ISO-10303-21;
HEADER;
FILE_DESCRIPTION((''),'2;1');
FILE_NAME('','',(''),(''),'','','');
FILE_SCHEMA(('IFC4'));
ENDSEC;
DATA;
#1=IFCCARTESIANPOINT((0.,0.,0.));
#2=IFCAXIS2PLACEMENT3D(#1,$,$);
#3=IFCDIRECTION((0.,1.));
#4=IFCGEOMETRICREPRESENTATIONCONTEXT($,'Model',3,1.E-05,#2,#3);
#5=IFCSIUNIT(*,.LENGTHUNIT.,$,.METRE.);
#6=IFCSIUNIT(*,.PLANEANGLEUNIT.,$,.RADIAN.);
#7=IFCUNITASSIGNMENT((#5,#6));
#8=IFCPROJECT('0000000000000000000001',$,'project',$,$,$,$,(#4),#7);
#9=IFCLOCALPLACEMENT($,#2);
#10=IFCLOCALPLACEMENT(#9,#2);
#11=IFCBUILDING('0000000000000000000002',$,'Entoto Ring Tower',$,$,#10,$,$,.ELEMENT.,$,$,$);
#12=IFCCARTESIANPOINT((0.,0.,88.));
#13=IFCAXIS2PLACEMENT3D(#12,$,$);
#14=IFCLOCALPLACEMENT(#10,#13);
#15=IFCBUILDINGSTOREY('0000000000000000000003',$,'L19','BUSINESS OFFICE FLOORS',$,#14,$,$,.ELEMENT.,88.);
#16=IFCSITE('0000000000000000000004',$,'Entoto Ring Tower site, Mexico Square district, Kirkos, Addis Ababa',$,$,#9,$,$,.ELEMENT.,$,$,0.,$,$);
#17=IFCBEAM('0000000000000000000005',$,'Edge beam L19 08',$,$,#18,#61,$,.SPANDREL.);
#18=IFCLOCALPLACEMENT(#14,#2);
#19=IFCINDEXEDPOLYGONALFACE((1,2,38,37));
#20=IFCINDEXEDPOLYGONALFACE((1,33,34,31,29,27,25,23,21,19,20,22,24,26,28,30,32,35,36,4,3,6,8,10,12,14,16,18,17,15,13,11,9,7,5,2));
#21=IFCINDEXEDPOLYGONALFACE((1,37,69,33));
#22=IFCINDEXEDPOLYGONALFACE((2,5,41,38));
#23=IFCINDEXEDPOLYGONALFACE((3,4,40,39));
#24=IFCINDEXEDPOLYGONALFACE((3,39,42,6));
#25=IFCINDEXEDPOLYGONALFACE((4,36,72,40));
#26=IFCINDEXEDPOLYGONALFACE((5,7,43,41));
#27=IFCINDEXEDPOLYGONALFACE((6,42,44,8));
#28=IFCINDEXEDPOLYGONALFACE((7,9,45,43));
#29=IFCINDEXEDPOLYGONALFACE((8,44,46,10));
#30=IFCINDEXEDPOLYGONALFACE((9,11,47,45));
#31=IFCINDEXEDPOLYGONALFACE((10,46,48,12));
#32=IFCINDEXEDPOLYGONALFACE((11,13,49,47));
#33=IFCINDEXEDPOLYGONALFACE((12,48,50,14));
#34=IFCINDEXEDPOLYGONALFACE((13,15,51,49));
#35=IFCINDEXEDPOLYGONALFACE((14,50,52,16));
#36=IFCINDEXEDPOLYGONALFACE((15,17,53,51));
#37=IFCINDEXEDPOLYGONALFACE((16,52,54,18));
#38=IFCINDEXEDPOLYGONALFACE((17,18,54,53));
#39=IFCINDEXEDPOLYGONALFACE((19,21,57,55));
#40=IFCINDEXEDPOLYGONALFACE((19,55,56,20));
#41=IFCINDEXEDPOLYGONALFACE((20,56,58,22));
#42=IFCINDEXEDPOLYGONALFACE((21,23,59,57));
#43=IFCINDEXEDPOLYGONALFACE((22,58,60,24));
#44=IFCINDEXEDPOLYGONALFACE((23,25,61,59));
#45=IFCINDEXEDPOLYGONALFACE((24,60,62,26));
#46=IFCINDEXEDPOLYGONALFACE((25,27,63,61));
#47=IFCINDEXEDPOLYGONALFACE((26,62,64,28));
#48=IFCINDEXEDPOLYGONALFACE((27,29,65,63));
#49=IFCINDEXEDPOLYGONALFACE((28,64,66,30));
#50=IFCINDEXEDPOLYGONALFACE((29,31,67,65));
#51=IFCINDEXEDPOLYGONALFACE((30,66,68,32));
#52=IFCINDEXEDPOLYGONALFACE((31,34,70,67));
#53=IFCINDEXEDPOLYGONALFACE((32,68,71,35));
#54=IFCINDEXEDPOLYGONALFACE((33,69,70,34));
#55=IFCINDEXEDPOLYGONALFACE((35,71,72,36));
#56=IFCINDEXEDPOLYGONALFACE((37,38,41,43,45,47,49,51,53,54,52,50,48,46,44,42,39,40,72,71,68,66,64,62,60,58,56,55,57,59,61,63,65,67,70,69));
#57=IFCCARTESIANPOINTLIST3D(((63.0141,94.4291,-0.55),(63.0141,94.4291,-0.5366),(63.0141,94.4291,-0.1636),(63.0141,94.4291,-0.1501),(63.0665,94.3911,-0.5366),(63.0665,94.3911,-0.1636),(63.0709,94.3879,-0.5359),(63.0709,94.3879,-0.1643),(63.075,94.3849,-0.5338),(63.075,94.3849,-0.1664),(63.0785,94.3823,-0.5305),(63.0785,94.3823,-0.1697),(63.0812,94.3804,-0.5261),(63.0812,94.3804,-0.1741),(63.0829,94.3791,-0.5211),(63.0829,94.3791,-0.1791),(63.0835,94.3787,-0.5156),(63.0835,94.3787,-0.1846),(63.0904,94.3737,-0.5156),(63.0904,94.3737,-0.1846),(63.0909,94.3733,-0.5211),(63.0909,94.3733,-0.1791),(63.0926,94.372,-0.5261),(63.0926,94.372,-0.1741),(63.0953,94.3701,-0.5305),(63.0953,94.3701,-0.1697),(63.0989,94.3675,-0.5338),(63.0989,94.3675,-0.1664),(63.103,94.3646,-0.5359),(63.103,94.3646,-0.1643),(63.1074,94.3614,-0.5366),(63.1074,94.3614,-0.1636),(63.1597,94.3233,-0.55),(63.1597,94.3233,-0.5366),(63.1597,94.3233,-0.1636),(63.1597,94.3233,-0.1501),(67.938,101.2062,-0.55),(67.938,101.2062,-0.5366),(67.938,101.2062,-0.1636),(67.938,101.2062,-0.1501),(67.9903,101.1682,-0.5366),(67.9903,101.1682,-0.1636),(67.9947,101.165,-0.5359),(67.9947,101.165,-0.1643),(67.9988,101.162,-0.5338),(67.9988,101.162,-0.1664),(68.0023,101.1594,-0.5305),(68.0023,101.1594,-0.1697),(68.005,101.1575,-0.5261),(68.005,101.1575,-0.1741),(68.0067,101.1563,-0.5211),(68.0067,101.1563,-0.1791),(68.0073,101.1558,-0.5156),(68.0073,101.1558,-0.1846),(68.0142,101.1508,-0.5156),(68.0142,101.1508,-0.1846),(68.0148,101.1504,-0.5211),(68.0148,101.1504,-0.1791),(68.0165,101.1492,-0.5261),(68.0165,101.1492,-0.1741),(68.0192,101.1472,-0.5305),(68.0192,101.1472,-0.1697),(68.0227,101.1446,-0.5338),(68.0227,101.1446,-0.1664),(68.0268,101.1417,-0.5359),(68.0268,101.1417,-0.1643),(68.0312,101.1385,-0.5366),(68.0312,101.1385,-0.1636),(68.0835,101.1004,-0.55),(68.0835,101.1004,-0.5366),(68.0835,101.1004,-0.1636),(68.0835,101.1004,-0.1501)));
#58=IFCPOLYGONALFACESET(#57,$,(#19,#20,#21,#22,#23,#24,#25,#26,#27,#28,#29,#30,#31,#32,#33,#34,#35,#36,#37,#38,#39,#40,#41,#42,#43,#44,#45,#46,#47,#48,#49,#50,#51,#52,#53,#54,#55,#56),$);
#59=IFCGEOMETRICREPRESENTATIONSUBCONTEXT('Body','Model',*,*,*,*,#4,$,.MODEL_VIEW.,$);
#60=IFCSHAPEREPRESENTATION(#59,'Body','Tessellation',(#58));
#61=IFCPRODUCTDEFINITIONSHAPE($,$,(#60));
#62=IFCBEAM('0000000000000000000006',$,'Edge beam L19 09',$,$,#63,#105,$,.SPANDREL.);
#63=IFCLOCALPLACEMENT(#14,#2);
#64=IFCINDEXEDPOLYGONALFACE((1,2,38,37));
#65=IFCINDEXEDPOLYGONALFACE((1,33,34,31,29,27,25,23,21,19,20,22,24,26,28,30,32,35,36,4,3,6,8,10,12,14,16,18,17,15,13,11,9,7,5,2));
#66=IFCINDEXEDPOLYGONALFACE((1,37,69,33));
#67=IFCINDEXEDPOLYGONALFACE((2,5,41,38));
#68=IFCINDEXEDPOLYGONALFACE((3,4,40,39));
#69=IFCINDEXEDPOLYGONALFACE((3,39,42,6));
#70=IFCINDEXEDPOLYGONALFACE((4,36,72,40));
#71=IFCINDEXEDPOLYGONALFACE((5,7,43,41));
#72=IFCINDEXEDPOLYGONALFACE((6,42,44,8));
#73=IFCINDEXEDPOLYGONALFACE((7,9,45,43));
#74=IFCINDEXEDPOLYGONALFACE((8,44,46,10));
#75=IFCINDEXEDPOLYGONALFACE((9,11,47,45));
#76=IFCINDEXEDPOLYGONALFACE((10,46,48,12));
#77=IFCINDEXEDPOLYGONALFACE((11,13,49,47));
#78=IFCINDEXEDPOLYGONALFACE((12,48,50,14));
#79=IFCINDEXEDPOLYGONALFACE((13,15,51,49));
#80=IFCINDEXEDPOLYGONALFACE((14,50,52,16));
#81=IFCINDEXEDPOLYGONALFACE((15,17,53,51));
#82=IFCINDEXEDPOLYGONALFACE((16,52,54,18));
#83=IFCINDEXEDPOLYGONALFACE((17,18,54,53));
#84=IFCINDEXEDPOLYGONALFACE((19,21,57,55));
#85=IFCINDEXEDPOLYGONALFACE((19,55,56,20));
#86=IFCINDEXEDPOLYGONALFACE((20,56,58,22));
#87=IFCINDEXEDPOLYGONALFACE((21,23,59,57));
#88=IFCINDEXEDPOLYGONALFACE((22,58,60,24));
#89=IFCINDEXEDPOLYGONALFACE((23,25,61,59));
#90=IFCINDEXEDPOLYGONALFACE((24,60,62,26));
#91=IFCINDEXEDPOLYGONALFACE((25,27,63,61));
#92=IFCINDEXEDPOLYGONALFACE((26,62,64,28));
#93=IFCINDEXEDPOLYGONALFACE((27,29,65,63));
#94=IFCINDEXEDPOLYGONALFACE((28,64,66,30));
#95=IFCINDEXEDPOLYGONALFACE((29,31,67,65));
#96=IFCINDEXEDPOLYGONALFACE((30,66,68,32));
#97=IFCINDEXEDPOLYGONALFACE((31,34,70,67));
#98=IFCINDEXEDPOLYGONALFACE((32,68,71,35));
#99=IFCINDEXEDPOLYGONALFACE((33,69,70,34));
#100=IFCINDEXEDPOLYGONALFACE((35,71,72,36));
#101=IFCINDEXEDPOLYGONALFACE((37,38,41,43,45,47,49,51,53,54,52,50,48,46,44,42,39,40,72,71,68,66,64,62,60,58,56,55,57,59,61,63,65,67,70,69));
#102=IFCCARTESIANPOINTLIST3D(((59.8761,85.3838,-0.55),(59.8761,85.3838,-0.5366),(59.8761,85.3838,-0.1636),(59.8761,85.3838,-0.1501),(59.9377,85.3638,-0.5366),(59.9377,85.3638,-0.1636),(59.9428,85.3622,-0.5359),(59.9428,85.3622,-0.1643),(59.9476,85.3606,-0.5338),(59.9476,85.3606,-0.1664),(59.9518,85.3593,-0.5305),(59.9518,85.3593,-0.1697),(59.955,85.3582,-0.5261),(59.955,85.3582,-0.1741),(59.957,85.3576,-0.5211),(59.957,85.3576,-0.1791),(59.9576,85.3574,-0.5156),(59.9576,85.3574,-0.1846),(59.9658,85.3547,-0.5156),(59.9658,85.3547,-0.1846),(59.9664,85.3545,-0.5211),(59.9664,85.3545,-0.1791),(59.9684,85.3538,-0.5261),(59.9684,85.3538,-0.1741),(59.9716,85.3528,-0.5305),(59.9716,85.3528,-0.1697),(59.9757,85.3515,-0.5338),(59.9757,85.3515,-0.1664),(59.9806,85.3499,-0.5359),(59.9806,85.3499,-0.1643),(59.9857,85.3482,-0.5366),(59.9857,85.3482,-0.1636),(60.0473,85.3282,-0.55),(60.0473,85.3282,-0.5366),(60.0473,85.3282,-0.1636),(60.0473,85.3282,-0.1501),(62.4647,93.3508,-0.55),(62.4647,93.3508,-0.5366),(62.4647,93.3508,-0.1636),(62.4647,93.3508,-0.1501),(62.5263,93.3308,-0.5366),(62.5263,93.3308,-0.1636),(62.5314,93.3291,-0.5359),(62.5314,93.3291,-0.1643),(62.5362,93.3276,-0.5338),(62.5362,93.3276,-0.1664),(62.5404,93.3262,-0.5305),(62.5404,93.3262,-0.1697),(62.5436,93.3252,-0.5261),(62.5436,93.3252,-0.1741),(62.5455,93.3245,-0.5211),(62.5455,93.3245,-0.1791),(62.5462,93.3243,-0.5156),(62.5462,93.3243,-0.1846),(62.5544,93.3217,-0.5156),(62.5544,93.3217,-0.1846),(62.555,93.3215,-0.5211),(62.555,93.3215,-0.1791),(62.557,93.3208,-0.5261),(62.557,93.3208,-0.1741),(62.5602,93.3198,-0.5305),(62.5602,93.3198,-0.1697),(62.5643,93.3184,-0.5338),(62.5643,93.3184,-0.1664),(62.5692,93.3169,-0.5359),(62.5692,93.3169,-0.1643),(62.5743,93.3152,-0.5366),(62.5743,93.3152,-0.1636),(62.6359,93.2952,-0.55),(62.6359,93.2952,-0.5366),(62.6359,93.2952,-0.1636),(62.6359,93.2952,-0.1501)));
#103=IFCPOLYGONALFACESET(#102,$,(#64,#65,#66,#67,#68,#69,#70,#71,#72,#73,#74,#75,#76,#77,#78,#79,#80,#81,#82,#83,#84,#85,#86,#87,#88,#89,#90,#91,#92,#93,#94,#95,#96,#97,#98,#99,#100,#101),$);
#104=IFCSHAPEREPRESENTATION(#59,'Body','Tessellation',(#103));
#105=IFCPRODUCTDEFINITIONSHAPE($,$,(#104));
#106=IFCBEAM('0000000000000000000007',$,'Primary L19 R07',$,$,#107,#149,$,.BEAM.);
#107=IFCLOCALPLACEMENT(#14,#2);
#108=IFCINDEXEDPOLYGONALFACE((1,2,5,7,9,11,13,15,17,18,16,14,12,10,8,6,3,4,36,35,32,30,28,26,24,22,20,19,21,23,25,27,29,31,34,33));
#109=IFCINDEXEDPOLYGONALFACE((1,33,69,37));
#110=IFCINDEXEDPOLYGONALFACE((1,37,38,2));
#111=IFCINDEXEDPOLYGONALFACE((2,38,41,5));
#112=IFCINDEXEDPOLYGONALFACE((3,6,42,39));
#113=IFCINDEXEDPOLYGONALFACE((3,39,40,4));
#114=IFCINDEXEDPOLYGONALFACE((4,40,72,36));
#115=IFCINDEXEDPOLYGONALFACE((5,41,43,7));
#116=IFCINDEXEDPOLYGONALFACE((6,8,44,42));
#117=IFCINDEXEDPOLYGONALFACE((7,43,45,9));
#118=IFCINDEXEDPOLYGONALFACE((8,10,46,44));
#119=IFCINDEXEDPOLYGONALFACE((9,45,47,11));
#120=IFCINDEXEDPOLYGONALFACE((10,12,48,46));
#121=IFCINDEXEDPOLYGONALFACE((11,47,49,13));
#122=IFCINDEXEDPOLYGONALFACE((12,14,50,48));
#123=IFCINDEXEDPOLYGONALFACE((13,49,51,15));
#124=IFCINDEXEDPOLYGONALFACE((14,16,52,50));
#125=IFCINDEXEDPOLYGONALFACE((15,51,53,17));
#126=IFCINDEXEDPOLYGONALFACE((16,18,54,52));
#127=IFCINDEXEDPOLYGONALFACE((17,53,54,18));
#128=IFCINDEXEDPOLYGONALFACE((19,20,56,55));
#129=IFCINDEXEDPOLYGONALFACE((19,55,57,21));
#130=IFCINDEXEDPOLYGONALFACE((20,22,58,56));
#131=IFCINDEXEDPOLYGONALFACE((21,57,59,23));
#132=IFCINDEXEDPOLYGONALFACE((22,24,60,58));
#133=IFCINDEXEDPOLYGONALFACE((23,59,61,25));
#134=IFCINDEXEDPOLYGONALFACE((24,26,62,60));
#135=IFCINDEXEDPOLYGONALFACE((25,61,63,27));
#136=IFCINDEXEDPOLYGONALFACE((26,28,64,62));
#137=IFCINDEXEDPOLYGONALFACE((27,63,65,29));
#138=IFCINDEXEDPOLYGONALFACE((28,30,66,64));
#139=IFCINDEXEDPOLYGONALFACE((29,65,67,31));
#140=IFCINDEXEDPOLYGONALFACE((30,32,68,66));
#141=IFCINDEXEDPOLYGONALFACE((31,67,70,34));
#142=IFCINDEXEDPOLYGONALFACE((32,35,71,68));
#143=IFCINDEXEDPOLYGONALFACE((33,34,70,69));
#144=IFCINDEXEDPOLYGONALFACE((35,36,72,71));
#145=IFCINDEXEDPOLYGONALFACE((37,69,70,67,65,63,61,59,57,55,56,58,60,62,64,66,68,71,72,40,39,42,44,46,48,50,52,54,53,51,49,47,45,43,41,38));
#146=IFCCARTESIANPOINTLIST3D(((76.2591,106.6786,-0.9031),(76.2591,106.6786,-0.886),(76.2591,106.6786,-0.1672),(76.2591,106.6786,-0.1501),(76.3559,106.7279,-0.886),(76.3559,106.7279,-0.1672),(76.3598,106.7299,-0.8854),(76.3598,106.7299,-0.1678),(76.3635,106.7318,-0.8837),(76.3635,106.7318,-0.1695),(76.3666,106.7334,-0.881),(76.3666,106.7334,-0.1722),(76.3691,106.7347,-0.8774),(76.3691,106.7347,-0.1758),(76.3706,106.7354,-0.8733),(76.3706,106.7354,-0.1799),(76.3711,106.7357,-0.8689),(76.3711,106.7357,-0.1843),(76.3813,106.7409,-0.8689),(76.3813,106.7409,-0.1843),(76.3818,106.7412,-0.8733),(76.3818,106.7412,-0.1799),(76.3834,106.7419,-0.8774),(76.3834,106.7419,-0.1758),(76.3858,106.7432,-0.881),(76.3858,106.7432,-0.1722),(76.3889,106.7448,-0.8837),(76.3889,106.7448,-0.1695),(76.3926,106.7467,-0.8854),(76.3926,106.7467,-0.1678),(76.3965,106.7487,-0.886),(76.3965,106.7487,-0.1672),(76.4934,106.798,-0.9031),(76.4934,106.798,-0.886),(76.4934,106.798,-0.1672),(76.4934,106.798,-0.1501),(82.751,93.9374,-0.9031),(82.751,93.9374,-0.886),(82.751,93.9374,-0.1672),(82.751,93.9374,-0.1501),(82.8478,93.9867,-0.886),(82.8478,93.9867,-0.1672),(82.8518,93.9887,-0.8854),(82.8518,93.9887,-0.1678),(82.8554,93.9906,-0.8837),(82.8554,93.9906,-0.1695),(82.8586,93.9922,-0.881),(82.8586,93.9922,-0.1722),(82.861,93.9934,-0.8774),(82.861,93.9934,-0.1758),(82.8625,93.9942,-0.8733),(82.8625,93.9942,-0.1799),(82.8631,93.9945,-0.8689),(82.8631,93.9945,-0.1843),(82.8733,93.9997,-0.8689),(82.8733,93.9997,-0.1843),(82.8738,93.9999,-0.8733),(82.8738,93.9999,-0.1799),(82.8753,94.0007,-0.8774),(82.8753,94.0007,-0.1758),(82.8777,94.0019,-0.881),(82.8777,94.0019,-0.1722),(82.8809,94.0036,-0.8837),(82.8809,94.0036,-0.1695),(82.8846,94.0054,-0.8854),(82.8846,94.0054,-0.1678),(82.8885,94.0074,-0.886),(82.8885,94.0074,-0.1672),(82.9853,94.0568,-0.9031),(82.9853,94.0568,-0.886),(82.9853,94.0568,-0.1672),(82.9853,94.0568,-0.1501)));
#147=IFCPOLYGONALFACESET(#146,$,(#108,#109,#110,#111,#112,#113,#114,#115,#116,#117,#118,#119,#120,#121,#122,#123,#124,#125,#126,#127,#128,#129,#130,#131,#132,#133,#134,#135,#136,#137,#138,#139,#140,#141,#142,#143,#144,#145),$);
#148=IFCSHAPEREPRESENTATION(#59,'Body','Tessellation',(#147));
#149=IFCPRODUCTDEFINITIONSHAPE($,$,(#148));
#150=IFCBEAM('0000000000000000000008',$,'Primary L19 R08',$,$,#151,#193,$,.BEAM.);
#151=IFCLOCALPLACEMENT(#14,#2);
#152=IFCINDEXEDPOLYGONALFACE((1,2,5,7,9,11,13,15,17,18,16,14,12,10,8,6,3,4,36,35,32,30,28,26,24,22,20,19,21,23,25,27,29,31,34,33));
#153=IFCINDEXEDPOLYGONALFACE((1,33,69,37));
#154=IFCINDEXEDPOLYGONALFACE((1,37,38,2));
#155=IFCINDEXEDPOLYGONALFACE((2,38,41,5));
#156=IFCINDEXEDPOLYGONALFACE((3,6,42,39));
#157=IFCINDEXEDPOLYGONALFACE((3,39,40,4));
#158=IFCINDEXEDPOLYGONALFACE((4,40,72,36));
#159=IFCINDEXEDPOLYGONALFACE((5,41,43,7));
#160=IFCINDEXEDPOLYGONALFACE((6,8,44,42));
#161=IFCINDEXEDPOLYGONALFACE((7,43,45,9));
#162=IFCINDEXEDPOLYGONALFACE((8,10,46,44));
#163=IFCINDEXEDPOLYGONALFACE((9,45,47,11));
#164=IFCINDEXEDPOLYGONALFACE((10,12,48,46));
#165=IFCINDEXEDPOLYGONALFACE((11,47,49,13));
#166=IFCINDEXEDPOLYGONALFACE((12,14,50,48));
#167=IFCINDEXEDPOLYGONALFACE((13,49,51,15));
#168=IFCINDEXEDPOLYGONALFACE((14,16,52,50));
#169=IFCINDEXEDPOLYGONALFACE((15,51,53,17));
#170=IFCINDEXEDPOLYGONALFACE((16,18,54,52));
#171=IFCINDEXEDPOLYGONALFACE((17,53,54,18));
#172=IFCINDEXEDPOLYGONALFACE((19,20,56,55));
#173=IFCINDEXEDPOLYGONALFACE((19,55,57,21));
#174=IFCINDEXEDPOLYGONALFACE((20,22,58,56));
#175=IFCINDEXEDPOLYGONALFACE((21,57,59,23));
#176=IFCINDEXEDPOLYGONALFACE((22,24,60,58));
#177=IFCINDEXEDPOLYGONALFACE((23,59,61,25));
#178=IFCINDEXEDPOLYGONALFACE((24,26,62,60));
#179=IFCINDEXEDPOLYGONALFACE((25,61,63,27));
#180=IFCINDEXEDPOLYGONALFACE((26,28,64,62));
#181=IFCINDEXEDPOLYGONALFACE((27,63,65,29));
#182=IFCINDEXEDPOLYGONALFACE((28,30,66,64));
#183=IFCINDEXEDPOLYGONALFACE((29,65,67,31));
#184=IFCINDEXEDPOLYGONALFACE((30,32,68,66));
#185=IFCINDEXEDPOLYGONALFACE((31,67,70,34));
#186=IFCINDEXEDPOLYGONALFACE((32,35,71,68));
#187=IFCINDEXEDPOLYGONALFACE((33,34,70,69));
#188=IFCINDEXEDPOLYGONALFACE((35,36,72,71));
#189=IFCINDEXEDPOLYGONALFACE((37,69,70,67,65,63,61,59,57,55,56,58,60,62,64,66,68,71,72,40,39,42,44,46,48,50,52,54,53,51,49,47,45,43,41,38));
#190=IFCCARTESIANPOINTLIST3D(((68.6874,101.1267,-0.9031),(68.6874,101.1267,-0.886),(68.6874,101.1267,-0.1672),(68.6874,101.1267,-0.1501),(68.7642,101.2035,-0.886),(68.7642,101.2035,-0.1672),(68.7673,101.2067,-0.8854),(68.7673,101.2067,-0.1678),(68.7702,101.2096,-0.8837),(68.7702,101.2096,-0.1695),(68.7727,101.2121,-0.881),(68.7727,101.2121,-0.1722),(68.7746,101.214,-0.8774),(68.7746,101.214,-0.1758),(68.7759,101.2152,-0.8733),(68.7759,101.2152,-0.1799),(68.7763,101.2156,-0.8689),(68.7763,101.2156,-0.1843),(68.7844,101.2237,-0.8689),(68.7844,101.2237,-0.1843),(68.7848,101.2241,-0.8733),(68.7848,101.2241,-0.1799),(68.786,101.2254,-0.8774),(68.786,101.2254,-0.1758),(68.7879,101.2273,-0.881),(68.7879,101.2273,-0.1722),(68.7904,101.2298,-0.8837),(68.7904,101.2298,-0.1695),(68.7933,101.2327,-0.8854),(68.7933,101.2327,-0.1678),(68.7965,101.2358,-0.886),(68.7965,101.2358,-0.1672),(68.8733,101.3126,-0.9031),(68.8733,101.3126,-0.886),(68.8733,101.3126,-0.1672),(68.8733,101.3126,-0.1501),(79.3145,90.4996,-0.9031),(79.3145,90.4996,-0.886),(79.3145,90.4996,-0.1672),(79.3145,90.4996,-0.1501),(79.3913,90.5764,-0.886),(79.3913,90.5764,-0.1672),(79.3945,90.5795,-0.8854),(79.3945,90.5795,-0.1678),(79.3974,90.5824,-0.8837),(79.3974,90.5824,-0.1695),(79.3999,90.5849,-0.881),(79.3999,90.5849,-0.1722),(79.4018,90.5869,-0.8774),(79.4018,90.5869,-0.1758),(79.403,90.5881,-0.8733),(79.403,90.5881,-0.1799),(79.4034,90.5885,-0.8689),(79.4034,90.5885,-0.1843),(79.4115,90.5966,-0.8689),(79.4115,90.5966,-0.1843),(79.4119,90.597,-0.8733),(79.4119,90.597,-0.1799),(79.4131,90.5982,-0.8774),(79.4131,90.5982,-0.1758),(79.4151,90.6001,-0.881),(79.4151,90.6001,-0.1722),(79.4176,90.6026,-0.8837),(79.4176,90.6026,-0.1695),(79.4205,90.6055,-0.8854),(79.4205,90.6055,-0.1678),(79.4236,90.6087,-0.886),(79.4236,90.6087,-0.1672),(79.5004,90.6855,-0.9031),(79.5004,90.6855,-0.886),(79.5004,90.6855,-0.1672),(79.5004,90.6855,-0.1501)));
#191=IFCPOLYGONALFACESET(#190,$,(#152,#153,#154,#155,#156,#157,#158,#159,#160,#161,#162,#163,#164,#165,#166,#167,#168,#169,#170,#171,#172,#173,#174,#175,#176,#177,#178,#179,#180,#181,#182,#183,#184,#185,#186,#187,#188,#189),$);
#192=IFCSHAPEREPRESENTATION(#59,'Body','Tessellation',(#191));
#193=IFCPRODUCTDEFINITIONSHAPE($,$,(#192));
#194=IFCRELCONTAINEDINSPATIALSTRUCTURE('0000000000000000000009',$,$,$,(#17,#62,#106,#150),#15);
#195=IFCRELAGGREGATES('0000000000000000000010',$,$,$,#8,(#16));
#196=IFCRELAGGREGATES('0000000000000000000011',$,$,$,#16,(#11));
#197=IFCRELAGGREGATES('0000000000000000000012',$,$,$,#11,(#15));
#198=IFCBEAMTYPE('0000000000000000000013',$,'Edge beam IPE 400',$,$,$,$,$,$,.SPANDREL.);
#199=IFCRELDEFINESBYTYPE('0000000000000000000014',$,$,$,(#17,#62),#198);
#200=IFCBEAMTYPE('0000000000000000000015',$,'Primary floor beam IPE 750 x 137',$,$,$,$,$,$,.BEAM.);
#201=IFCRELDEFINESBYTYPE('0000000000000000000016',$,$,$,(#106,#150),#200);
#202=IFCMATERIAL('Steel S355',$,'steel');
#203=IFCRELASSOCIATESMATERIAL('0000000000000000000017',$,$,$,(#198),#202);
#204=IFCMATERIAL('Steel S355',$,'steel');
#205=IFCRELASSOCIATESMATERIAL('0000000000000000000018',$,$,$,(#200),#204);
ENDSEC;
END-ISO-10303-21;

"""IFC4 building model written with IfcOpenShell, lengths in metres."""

from ifc_helpers import new_model, si_unit, direction, frame, origin, origin_2d, place, context, subcontext, project, spatial, i_section, extrude, material, material_profile, profile_set, type_object, element, save


model = new_model("IFC4")

# Units and contexts
model_context = context("Model", 3, precision=1e-05, world=origin(), true_north=direction((0.0, 1.0)))
body_context = subcontext(model_context, "Body", "Model", "MODEL_VIEW")
ifc_project = project(units=[si_unit("LENGTHUNIT", "METRE"), si_unit("PLANEANGLEUNIT", "RADIAN")], contexts=[model_context])

# Site, building, storey
site_placement = place(None, origin())
site = spatial("IfcSite", under=ifc_project, at=site_placement, Name="Entoto Ring Tower site, Mexico Square district, Kirkos, Addis Ababa", CompositionType="ELEMENT", RefElevation=0.0)
building_placement = place(site_placement, origin())
building = spatial("IfcBuilding", under=site, at=building_placement, Name="Entoto Ring Tower", CompositionType="ELEMENT")
storey_placement = place(building_placement, frame((0.0, 0.0, 88.0)))
storey = spatial("IfcBuildingStorey", under=building, at=storey_placement, Name="L19", Description="BUSINESS OFFICE FLOORS", CompositionType="ELEMENT", Elevation=88.0)

# Beams
ifc_material_1 = material(Name="Steel S355", Category="steel")
ifc_material_profile_1 = material_profile(ifc_material_1, i_section(OverallWidth=0.1799, OverallDepth=0.3999, WebThickness=0.0085, FlangeThickness=0.0134, FilletRadius=0.021, at=origin_2d()), Name="IPE 400")
ifc_profile_set_1 = profile_set([ifc_material_profile_1], Name="Steel S355")
beam_type_1 = type_object("IfcBeamType", Name="Edge beam IPE 400", PredefinedType="SPANDREL", material=ifc_profile_set_1)
for number, where, z_axis, x_axis, name in (
    (1, (68.0107, 101.1533, -0.3501), (-0.587783, -0.809018, 0.0), (0.809018, -0.587783, 0.0), "Edge beam L19 08"),
    (2, (62.5503, 93.323, -0.3501), (-0.309014, -0.951057, 0.0), (0.951057, -0.309014, 0.0), "Edge beam L19 09"),
):
    element("IfcBeam", number, at=place(storey_placement, frame(where, z_axis=z_axis, x_axis=x_axis)), inside=storey, type_object=beam_type_1, Name=name, PredefinedType="SPANDREL", context=body_context, shape_type="SweptSolid", body=[
        extrude(i_section(OverallWidth=0.1799, OverallDepth=0.3999, WebThickness=0.0085, FlangeThickness=0.0134, FilletRadius=0.021, at=origin_2d()), origin(), (0.0, 0.0, 1.0), 8.377),
    ])
ifc_material_2 = material(Name="Steel S355", Category="steel")
ifc_material_profile_2 = material_profile(ifc_material_2, i_section(OverallWidth=0.2629, OverallDepth=0.7529, WebThickness=0.0115, FlangeThickness=0.0171, FilletRadius=0.0171, at=origin_2d()), Name="IPE 750 x 137")
ifc_profile_set_2 = profile_set([ifc_material_profile_2], Name="Steel S355")
beam_type_2 = type_object("IfcBeamType", Name="Primary floor beam IPE 750 x 137", PredefinedType="BEAM", material=ifc_profile_set_2)
beam_1_placement = place(storey_placement, frame((82.8682, 93.9971, -0.5266), z_axis=(-0.453989, 0.891007, 0.0), x_axis=(-0.891007, -0.453989, 0.0)))
element("IfcBeam", 3, at=beam_1_placement, inside=storey, type_object=beam_type_2, Name="Primary L19 R07", PredefinedType="BEAM", context=body_context, shape_type="SweptSolid", body=[
    extrude(i_section(OverallWidth=0.2629, OverallDepth=0.7529, WebThickness=0.0115, FlangeThickness=0.0171, FilletRadius=0.0171, at=origin_2d()), origin(), (0.0, 0.0, 1.0), 14.2998),
])
beam_2_placement = place(storey_placement, frame((79.4075, 90.5925, -0.5266), z_axis=(-0.707107, 0.707107, 0.0), x_axis=(-0.707107, -0.707107, 0.0)))
element("IfcBeam", 4, at=beam_2_placement, inside=storey, type_object=beam_type_2, Name="Primary L19 R08", PredefinedType="BEAM", context=body_context, shape_type="SweptSolid", body=[
    extrude(i_section(OverallWidth=0.2629, OverallDepth=0.7529, WebThickness=0.0115, FlangeThickness=0.0171, FilletRadius=0.0171, at=origin_2d()), origin(), (0.0, 0.0, 1.0), 15.0291),
])

save(model, "model.ifc")
